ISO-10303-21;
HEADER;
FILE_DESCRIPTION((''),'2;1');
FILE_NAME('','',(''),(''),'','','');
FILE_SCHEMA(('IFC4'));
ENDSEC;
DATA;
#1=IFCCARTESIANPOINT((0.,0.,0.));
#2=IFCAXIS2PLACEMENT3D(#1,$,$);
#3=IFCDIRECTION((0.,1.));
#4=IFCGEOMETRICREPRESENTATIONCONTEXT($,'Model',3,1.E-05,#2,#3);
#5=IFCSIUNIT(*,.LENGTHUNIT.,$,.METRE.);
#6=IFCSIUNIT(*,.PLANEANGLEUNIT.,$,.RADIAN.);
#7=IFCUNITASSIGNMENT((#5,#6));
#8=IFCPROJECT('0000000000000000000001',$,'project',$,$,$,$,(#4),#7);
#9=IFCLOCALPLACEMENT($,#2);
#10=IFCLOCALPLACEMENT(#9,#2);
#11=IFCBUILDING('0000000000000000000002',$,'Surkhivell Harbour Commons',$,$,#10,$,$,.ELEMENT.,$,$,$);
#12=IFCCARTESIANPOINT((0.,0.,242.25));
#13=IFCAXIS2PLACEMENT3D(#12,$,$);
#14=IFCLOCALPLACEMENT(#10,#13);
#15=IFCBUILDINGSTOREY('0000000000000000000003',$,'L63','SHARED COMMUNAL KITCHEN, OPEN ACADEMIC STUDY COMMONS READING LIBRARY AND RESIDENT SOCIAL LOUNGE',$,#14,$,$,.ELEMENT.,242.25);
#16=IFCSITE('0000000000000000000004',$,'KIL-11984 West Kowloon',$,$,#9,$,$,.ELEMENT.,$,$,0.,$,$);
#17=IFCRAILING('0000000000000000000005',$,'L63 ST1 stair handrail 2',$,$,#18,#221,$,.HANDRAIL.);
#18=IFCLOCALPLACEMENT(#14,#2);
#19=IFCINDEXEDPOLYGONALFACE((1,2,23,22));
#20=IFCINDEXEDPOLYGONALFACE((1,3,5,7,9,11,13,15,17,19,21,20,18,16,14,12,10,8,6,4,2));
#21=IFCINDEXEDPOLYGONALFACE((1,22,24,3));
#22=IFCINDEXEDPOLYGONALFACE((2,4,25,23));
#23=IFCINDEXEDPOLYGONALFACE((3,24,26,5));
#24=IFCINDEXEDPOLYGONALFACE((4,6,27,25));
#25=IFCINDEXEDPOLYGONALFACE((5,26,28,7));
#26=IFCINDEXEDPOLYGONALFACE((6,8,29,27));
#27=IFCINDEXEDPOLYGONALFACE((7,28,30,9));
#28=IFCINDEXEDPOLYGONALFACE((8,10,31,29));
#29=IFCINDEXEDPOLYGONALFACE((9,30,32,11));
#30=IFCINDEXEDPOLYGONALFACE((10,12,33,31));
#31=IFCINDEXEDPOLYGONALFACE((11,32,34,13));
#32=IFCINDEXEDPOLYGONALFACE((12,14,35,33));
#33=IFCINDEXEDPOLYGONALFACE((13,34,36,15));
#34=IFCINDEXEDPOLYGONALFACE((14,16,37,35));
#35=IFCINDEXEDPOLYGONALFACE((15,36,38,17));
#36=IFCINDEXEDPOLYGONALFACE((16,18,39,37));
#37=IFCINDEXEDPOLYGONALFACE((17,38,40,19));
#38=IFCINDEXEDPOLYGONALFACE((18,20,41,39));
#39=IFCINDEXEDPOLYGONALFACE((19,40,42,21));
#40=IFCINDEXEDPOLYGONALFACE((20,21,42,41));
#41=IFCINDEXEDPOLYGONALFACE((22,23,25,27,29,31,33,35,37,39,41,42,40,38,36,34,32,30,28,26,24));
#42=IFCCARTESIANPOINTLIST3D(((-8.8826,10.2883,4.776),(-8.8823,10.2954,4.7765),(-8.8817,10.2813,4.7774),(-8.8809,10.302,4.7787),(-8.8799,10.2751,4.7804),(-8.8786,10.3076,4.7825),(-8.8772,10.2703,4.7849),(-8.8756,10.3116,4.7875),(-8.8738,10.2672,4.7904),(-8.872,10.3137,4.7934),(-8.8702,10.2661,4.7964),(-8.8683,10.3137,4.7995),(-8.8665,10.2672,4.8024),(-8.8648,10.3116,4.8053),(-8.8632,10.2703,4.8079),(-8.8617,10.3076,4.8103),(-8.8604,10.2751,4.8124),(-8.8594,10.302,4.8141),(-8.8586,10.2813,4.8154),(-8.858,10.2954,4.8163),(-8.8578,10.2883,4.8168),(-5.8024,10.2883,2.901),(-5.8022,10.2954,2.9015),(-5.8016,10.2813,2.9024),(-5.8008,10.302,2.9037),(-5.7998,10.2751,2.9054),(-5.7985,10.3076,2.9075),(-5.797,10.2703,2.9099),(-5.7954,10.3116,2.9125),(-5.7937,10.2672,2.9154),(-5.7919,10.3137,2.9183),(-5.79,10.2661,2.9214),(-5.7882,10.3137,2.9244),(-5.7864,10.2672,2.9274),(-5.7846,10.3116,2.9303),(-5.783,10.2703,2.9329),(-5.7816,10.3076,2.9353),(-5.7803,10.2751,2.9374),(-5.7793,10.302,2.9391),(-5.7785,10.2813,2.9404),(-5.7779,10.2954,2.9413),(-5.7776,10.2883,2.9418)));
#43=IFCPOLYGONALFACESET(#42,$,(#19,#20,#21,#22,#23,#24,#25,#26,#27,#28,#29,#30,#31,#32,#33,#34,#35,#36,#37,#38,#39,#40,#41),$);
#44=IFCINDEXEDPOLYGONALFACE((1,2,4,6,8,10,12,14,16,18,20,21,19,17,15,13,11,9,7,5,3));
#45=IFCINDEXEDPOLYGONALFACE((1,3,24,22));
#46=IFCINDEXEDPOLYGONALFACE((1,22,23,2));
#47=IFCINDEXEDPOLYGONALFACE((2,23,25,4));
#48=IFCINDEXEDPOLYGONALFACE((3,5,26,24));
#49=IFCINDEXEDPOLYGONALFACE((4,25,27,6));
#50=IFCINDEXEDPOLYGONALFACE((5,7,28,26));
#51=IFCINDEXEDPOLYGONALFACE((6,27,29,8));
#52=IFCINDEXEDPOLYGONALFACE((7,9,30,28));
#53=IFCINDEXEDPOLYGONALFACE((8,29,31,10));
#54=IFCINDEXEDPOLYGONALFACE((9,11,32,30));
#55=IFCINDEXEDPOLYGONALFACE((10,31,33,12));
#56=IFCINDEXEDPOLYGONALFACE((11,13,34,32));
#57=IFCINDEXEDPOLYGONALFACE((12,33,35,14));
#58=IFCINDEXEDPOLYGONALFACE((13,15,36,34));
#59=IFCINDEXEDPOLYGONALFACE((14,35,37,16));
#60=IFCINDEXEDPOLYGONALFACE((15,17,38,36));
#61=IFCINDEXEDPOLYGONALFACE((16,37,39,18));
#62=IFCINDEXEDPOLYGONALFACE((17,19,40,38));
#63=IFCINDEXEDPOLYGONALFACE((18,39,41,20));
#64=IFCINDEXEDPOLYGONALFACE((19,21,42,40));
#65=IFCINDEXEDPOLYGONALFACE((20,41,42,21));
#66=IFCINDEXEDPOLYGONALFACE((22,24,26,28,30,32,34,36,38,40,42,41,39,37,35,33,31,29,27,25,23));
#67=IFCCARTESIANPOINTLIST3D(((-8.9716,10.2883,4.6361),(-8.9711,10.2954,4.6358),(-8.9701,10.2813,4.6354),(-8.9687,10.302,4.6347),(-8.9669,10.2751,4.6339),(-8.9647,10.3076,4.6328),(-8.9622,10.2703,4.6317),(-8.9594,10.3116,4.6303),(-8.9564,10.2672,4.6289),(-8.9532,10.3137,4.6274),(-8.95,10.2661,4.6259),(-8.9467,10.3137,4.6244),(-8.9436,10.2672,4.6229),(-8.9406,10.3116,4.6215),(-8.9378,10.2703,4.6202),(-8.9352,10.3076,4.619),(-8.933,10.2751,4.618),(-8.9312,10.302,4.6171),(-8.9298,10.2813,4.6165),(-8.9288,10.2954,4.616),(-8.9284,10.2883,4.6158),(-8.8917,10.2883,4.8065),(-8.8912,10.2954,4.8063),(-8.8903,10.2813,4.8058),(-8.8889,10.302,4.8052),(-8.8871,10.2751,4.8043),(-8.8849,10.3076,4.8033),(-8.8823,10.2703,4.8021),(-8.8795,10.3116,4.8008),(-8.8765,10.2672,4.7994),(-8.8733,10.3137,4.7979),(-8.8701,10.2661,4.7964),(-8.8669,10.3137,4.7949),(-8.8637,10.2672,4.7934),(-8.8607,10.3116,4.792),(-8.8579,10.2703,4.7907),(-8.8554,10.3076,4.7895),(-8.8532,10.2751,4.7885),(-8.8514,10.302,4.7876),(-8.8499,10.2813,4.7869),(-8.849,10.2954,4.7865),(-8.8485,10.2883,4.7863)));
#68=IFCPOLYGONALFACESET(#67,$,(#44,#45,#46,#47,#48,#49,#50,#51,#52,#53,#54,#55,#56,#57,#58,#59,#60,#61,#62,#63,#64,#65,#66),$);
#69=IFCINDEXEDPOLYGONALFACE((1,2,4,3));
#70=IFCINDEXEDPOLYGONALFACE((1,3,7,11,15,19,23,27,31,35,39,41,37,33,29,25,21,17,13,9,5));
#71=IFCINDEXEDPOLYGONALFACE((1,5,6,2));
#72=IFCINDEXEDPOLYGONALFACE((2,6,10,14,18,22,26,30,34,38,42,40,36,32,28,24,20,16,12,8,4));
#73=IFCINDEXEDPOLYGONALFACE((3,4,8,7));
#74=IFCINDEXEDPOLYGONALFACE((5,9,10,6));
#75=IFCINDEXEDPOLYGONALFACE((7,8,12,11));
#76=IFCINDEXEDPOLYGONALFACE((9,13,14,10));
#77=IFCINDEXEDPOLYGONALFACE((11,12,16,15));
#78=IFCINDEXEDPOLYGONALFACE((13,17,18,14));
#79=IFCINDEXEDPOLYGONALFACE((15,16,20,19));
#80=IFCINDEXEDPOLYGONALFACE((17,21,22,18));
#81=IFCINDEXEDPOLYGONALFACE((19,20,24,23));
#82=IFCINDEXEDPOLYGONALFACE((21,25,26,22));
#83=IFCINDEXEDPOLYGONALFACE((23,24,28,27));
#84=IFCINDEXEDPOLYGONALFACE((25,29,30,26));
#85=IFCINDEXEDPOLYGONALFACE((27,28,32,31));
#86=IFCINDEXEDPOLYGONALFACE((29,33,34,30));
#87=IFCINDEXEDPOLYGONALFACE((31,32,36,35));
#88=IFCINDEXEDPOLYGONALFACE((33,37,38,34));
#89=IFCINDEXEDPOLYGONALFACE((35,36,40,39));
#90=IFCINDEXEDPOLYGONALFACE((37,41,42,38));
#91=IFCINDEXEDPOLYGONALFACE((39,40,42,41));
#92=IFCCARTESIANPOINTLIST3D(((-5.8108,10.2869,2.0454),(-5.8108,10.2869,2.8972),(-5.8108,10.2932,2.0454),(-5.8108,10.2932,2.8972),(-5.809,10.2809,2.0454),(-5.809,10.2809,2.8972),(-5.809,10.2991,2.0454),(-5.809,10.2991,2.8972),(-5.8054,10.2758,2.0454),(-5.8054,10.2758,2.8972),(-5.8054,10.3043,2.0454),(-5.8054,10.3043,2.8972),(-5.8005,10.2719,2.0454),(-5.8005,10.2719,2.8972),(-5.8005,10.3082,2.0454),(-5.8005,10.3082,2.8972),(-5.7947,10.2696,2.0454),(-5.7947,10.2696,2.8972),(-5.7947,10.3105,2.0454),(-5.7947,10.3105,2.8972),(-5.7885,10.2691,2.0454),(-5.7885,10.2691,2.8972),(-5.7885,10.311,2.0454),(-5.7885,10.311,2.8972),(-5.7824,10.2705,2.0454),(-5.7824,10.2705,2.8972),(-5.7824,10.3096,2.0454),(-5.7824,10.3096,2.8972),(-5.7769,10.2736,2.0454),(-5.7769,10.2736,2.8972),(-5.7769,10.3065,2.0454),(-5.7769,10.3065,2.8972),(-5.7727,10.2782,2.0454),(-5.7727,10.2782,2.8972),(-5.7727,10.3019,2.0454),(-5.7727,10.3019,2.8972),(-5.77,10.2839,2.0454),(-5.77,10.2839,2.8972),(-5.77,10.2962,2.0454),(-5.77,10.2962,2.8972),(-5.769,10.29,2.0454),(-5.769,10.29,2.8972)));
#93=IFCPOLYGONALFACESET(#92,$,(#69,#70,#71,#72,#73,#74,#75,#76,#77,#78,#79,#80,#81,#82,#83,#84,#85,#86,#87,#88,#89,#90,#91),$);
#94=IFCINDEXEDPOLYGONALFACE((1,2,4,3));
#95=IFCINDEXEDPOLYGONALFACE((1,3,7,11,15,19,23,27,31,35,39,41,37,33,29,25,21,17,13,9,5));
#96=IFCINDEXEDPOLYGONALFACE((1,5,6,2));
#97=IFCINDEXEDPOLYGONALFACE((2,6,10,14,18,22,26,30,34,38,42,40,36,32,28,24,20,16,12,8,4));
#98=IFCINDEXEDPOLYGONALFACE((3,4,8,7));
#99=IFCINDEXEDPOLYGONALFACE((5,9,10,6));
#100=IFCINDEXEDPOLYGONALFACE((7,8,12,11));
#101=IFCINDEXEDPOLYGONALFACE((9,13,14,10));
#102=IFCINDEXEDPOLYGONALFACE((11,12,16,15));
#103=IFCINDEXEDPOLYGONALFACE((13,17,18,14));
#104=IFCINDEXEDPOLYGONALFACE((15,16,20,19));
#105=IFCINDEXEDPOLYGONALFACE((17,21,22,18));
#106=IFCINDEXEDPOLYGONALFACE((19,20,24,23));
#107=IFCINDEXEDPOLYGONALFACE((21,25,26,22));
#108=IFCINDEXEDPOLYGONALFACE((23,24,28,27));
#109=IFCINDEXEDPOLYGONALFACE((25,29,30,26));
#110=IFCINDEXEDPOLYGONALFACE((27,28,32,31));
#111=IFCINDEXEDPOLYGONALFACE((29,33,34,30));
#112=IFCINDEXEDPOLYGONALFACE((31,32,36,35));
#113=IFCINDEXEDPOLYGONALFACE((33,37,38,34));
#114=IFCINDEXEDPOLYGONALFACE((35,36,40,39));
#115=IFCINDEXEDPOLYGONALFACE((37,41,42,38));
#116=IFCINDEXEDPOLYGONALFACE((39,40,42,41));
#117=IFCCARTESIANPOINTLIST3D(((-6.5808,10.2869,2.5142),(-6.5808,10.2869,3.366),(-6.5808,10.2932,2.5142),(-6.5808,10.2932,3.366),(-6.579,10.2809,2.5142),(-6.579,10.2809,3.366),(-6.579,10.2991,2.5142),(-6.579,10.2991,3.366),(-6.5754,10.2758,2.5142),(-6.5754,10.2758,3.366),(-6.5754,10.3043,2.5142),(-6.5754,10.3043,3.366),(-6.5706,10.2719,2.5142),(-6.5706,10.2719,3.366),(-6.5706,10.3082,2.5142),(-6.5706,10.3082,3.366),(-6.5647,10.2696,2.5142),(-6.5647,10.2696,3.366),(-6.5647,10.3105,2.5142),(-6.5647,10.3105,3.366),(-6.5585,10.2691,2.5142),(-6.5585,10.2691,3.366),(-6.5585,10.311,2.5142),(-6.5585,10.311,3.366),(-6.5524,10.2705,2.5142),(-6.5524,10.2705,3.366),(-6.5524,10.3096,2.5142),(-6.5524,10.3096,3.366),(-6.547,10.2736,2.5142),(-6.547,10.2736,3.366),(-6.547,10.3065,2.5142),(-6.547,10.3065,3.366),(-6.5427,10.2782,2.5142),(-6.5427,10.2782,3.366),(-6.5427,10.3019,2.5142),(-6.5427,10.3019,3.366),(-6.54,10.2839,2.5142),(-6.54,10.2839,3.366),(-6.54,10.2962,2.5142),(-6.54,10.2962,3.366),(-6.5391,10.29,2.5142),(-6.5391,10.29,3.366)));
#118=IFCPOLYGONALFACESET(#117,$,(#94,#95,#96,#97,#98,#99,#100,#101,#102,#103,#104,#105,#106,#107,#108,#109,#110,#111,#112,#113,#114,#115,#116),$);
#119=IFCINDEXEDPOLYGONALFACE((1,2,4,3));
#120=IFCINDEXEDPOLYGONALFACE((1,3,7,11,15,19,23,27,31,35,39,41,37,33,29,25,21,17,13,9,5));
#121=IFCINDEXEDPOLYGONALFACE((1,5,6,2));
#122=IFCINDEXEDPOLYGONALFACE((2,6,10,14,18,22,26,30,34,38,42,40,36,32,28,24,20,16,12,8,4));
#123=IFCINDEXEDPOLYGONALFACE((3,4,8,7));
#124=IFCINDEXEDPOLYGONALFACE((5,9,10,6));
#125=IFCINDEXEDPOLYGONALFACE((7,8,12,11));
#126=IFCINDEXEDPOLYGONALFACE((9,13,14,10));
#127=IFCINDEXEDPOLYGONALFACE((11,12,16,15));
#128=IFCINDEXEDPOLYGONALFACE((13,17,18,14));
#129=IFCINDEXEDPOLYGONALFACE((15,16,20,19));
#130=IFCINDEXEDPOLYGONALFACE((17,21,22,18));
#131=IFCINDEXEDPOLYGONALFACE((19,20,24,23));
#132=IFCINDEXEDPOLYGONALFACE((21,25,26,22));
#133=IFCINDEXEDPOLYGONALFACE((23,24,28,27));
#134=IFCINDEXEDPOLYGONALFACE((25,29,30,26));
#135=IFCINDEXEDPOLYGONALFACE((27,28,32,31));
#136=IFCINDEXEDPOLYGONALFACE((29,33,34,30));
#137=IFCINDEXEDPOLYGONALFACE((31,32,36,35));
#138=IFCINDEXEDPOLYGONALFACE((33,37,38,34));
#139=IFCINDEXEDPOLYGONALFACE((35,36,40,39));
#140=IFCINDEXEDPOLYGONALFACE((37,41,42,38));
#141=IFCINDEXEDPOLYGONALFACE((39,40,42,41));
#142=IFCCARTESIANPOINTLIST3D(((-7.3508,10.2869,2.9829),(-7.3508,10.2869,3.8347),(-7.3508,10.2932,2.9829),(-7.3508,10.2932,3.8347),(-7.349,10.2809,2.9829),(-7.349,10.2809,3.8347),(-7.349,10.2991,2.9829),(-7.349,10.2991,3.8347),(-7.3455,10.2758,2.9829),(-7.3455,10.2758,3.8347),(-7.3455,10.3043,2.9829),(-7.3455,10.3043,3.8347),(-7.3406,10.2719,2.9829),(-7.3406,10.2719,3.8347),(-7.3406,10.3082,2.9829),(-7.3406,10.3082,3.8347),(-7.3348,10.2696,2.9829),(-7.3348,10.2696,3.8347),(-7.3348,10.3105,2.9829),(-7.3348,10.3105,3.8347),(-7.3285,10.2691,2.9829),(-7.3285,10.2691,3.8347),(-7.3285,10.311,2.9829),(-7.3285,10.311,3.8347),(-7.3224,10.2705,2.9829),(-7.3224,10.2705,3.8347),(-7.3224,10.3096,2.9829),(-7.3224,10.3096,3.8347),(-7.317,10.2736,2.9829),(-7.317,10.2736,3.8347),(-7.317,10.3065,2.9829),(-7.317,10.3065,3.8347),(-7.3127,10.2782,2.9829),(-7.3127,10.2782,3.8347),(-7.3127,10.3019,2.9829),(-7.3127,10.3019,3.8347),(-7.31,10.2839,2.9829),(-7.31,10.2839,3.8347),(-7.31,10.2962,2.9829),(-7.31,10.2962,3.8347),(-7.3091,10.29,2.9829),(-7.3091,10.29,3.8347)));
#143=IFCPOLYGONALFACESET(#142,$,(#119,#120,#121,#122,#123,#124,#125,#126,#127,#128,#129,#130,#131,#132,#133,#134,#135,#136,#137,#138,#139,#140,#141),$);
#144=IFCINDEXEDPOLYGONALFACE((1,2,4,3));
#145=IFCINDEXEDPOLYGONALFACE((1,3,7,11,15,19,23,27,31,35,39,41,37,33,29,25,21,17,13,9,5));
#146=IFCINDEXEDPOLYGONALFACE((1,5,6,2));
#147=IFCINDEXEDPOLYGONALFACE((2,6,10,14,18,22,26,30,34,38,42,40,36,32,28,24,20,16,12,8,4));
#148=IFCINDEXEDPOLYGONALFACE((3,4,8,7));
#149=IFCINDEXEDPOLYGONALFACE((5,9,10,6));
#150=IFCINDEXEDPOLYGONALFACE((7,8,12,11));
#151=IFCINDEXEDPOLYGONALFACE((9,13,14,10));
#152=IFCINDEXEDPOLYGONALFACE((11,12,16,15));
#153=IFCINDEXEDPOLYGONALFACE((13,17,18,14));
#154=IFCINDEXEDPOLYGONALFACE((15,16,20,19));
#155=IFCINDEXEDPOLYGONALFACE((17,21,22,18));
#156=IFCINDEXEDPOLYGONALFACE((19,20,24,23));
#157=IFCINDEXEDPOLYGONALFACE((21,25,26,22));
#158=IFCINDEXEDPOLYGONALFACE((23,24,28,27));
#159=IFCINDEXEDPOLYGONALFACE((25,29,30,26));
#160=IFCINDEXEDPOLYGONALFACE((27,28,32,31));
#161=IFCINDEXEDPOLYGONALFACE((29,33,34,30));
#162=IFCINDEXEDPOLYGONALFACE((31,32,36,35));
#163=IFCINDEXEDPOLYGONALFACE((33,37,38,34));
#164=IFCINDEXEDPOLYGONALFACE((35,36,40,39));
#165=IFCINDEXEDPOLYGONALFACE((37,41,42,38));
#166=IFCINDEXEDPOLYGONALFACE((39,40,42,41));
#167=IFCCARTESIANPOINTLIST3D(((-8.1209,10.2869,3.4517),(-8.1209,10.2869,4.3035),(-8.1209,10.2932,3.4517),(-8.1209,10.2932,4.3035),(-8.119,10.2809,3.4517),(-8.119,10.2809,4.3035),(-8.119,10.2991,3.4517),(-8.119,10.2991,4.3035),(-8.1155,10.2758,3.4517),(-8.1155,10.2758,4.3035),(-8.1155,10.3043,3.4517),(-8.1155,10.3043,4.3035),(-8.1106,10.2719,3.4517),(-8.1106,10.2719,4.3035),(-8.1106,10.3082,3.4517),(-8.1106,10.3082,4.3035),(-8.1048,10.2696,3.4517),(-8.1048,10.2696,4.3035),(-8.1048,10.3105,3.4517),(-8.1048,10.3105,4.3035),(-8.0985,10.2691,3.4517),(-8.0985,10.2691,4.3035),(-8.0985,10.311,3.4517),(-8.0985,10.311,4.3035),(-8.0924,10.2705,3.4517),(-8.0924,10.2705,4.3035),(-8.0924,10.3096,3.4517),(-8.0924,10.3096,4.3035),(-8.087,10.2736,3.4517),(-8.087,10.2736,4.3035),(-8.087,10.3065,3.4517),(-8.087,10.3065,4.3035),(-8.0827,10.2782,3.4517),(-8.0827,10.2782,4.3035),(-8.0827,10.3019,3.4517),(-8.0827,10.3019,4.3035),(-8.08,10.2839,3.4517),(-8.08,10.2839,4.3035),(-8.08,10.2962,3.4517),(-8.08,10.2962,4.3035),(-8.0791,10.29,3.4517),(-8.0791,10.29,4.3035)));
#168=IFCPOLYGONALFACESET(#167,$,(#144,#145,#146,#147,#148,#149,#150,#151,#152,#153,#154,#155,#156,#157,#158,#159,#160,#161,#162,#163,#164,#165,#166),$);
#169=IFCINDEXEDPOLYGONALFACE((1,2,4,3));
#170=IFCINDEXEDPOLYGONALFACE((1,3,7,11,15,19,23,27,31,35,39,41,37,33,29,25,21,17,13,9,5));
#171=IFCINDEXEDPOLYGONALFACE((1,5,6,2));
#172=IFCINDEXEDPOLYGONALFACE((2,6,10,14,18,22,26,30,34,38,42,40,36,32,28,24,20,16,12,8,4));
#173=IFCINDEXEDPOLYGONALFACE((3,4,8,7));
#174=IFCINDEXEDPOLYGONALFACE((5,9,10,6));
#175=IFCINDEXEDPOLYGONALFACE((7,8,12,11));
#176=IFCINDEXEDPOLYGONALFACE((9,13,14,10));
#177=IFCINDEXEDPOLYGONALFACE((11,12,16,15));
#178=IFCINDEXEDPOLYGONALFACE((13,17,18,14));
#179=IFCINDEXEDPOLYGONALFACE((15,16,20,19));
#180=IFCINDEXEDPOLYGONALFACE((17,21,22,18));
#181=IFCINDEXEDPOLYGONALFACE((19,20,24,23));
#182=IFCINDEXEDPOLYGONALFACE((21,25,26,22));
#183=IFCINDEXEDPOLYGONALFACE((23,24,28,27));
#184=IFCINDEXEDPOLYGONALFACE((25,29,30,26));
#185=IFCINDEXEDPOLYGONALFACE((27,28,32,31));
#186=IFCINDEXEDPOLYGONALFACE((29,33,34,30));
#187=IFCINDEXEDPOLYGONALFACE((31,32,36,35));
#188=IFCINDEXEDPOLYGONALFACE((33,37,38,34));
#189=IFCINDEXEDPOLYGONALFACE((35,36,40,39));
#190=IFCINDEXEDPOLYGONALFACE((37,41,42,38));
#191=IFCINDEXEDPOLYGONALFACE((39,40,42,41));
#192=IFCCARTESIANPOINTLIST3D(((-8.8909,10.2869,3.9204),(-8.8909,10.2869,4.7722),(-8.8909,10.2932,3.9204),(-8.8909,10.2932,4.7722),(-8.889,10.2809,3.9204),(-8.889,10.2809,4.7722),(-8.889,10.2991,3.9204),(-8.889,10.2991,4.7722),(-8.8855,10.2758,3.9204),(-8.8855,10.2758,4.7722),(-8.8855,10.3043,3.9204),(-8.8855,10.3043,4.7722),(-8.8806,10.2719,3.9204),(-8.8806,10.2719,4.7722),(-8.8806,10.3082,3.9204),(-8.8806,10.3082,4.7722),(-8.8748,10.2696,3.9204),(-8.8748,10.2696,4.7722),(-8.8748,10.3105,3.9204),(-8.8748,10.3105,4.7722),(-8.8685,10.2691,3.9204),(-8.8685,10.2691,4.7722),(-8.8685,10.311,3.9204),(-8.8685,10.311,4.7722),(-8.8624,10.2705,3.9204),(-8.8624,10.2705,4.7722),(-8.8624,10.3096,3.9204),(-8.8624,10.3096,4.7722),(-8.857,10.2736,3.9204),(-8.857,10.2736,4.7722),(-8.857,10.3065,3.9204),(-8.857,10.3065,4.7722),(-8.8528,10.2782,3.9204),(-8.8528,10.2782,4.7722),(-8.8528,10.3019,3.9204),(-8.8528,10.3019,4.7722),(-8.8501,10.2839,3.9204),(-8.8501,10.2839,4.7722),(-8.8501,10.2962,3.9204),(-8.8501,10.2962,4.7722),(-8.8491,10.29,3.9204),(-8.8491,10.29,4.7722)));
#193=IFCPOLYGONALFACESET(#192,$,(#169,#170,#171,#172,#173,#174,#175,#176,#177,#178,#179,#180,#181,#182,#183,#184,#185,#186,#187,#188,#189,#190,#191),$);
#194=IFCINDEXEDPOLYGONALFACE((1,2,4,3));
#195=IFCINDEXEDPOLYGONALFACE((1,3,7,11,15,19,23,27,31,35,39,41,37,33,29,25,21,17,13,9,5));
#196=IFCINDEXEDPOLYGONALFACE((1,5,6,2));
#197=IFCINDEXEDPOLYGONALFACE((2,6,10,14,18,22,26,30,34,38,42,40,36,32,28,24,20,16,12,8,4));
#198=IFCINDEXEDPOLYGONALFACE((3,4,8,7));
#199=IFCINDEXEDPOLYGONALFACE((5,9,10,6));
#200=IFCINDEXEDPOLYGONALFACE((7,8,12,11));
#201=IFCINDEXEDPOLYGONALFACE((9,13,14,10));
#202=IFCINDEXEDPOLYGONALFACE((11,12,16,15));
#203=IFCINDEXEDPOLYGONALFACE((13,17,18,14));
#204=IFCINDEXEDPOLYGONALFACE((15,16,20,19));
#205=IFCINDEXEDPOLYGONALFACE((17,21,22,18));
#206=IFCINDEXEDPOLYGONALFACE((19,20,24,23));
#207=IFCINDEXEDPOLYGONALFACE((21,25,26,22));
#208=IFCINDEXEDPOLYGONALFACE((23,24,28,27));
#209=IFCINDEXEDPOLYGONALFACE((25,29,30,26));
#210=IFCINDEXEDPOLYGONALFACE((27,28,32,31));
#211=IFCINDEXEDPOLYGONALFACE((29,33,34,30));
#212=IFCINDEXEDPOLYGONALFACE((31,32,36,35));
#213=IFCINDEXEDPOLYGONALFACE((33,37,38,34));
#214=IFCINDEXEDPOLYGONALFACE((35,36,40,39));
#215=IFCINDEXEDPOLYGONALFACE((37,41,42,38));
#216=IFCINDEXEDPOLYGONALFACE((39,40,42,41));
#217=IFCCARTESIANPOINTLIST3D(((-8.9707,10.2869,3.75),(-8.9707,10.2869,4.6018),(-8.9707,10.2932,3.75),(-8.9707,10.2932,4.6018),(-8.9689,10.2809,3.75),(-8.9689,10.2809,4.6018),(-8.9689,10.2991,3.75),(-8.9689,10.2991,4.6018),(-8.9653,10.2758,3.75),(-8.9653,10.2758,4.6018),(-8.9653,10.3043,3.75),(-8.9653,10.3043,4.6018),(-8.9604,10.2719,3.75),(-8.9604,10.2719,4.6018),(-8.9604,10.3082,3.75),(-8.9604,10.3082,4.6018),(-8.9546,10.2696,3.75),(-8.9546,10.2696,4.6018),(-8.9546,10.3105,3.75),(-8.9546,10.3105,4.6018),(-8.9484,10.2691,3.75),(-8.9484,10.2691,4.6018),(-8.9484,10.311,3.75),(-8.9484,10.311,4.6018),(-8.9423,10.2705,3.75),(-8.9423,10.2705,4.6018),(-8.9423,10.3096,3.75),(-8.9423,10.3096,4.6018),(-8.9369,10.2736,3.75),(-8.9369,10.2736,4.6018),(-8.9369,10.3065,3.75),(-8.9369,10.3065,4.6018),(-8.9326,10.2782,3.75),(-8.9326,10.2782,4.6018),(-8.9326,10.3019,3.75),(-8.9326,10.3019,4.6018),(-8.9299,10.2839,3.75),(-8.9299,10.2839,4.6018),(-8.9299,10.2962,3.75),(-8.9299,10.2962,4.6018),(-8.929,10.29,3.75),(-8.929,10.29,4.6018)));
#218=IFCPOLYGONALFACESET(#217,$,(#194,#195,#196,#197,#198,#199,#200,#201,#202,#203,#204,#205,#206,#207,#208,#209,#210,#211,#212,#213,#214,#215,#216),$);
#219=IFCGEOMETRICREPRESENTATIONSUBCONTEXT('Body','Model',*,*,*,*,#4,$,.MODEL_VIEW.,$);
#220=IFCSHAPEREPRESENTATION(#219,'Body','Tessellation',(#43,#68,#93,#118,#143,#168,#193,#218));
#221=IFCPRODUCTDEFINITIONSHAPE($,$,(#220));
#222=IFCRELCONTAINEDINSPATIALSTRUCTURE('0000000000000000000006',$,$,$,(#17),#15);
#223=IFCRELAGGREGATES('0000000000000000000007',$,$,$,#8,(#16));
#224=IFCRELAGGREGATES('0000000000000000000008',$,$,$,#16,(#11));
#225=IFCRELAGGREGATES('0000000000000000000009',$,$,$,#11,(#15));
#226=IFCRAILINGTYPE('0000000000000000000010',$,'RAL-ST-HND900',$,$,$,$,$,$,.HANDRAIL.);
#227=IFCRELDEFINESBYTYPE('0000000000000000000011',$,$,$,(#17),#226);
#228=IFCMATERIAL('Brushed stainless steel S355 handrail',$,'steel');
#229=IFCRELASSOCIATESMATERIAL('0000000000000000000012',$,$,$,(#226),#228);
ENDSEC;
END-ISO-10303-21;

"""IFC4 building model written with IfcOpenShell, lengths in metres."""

from ifc_helpers import new_model, si_unit, direction, frame, origin, origin_2d, place, context, subcontext, project, spatial, circle, extrude, material, type_object, element, save


model = new_model("IFC4")

# Units and contexts
model_context = context("Model", 3, precision=1e-05, world=origin(), true_north=direction((0.0, 1.0)))
body_context = subcontext(model_context, "Body", "Model", "MODEL_VIEW")
ifc_project = project(units=[si_unit("LENGTHUNIT", "METRE"), si_unit("PLANEANGLEUNIT", "RADIAN")], contexts=[model_context])

# Site, building, storey
site_placement = place(None, origin())
site = spatial("IfcSite", under=ifc_project, at=site_placement, Name="KIL-11984 West Kowloon", CompositionType="ELEMENT", RefElevation=0.0)
building_placement = place(site_placement, origin())
building = spatial("IfcBuilding", under=site, at=building_placement, Name="Surkhivell Harbour Commons", CompositionType="ELEMENT")
storey_placement = place(building_placement, frame((0.0, 0.0, 242.25)))
storey = spatial("IfcBuildingStorey", under=building, at=storey_placement, Name="L63", Description="SHARED COMMUNAL KITCHEN, OPEN ACADEMIC STUDY COMMONS READING LIBRARY AND RESIDENT SOCIAL LOUNGE", CompositionType="ELEMENT", Elevation=242.25)

# Railing
ifc_material_1 = material(Name="Brushed stainless steel S355 handrail", Category="steel")
railing_type_1 = type_object("IfcRailingType", Name="RAL-ST-HND900", PredefinedType="HANDRAIL", material=ifc_material_1)
railing_1_placement = place(storey_placement, frame((-5.79, 10.29, 2.0454)))
element("IfcRailing", 1, at=railing_1_placement, inside=storey, type_object=railing_type_1, Name="L63 ST1 stair handrail 2", PredefinedType="HANDRAIL", context=body_context, shape_type="SweptSolid", body=[
    extrude(circle(Radius=0.0239, at=origin_2d()), frame((0.0, 0.0, 0.876), z_axis=(-0.854178, 0.0, 0.519981), x_axis=(0.0, -1.0, 0.0)), (0.0, 0.0, 1.0), 3.606),
    extrude(circle(Radius=0.0239, at=origin_2d()), frame((-3.0801, 0.0, 2.751), z_axis=(-0.424234, 0.0, -0.905552), x_axis=(0.0, -1.0, 0.0)), (0.0, 0.0, 1.0), 0.1882),
    extrude(circle(Radius=0.021, at=origin_2d()), origin(), (0.0, 0.0, 1.0), 0.8518),
    extrude(circle(Radius=0.021, at=origin_2d()), frame((-0.77, 0.0, 0.4688)), (0.0, 0.0, 1.0), 0.8518),
    extrude(circle(Radius=0.021, at=origin_2d()), frame((-1.54, 0.0, 0.9375)), (0.0, 0.0, 1.0), 0.8518),
    extrude(circle(Radius=0.021, at=origin_2d()), frame((-2.3101, 0.0, 1.4062)), (0.0, 0.0, 1.0), 0.8518),
    extrude(circle(Radius=0.021, at=origin_2d()), frame((-3.0801, 0.0, 1.875)), (0.0, 0.0, 1.0), 0.8518),
    extrude(circle(Radius=0.021, at=origin_2d()), frame((-3.1599, 0.0, 1.7046)), (0.0, 0.0, 1.0), 0.8518),
])

save(model, "model.ifc")
